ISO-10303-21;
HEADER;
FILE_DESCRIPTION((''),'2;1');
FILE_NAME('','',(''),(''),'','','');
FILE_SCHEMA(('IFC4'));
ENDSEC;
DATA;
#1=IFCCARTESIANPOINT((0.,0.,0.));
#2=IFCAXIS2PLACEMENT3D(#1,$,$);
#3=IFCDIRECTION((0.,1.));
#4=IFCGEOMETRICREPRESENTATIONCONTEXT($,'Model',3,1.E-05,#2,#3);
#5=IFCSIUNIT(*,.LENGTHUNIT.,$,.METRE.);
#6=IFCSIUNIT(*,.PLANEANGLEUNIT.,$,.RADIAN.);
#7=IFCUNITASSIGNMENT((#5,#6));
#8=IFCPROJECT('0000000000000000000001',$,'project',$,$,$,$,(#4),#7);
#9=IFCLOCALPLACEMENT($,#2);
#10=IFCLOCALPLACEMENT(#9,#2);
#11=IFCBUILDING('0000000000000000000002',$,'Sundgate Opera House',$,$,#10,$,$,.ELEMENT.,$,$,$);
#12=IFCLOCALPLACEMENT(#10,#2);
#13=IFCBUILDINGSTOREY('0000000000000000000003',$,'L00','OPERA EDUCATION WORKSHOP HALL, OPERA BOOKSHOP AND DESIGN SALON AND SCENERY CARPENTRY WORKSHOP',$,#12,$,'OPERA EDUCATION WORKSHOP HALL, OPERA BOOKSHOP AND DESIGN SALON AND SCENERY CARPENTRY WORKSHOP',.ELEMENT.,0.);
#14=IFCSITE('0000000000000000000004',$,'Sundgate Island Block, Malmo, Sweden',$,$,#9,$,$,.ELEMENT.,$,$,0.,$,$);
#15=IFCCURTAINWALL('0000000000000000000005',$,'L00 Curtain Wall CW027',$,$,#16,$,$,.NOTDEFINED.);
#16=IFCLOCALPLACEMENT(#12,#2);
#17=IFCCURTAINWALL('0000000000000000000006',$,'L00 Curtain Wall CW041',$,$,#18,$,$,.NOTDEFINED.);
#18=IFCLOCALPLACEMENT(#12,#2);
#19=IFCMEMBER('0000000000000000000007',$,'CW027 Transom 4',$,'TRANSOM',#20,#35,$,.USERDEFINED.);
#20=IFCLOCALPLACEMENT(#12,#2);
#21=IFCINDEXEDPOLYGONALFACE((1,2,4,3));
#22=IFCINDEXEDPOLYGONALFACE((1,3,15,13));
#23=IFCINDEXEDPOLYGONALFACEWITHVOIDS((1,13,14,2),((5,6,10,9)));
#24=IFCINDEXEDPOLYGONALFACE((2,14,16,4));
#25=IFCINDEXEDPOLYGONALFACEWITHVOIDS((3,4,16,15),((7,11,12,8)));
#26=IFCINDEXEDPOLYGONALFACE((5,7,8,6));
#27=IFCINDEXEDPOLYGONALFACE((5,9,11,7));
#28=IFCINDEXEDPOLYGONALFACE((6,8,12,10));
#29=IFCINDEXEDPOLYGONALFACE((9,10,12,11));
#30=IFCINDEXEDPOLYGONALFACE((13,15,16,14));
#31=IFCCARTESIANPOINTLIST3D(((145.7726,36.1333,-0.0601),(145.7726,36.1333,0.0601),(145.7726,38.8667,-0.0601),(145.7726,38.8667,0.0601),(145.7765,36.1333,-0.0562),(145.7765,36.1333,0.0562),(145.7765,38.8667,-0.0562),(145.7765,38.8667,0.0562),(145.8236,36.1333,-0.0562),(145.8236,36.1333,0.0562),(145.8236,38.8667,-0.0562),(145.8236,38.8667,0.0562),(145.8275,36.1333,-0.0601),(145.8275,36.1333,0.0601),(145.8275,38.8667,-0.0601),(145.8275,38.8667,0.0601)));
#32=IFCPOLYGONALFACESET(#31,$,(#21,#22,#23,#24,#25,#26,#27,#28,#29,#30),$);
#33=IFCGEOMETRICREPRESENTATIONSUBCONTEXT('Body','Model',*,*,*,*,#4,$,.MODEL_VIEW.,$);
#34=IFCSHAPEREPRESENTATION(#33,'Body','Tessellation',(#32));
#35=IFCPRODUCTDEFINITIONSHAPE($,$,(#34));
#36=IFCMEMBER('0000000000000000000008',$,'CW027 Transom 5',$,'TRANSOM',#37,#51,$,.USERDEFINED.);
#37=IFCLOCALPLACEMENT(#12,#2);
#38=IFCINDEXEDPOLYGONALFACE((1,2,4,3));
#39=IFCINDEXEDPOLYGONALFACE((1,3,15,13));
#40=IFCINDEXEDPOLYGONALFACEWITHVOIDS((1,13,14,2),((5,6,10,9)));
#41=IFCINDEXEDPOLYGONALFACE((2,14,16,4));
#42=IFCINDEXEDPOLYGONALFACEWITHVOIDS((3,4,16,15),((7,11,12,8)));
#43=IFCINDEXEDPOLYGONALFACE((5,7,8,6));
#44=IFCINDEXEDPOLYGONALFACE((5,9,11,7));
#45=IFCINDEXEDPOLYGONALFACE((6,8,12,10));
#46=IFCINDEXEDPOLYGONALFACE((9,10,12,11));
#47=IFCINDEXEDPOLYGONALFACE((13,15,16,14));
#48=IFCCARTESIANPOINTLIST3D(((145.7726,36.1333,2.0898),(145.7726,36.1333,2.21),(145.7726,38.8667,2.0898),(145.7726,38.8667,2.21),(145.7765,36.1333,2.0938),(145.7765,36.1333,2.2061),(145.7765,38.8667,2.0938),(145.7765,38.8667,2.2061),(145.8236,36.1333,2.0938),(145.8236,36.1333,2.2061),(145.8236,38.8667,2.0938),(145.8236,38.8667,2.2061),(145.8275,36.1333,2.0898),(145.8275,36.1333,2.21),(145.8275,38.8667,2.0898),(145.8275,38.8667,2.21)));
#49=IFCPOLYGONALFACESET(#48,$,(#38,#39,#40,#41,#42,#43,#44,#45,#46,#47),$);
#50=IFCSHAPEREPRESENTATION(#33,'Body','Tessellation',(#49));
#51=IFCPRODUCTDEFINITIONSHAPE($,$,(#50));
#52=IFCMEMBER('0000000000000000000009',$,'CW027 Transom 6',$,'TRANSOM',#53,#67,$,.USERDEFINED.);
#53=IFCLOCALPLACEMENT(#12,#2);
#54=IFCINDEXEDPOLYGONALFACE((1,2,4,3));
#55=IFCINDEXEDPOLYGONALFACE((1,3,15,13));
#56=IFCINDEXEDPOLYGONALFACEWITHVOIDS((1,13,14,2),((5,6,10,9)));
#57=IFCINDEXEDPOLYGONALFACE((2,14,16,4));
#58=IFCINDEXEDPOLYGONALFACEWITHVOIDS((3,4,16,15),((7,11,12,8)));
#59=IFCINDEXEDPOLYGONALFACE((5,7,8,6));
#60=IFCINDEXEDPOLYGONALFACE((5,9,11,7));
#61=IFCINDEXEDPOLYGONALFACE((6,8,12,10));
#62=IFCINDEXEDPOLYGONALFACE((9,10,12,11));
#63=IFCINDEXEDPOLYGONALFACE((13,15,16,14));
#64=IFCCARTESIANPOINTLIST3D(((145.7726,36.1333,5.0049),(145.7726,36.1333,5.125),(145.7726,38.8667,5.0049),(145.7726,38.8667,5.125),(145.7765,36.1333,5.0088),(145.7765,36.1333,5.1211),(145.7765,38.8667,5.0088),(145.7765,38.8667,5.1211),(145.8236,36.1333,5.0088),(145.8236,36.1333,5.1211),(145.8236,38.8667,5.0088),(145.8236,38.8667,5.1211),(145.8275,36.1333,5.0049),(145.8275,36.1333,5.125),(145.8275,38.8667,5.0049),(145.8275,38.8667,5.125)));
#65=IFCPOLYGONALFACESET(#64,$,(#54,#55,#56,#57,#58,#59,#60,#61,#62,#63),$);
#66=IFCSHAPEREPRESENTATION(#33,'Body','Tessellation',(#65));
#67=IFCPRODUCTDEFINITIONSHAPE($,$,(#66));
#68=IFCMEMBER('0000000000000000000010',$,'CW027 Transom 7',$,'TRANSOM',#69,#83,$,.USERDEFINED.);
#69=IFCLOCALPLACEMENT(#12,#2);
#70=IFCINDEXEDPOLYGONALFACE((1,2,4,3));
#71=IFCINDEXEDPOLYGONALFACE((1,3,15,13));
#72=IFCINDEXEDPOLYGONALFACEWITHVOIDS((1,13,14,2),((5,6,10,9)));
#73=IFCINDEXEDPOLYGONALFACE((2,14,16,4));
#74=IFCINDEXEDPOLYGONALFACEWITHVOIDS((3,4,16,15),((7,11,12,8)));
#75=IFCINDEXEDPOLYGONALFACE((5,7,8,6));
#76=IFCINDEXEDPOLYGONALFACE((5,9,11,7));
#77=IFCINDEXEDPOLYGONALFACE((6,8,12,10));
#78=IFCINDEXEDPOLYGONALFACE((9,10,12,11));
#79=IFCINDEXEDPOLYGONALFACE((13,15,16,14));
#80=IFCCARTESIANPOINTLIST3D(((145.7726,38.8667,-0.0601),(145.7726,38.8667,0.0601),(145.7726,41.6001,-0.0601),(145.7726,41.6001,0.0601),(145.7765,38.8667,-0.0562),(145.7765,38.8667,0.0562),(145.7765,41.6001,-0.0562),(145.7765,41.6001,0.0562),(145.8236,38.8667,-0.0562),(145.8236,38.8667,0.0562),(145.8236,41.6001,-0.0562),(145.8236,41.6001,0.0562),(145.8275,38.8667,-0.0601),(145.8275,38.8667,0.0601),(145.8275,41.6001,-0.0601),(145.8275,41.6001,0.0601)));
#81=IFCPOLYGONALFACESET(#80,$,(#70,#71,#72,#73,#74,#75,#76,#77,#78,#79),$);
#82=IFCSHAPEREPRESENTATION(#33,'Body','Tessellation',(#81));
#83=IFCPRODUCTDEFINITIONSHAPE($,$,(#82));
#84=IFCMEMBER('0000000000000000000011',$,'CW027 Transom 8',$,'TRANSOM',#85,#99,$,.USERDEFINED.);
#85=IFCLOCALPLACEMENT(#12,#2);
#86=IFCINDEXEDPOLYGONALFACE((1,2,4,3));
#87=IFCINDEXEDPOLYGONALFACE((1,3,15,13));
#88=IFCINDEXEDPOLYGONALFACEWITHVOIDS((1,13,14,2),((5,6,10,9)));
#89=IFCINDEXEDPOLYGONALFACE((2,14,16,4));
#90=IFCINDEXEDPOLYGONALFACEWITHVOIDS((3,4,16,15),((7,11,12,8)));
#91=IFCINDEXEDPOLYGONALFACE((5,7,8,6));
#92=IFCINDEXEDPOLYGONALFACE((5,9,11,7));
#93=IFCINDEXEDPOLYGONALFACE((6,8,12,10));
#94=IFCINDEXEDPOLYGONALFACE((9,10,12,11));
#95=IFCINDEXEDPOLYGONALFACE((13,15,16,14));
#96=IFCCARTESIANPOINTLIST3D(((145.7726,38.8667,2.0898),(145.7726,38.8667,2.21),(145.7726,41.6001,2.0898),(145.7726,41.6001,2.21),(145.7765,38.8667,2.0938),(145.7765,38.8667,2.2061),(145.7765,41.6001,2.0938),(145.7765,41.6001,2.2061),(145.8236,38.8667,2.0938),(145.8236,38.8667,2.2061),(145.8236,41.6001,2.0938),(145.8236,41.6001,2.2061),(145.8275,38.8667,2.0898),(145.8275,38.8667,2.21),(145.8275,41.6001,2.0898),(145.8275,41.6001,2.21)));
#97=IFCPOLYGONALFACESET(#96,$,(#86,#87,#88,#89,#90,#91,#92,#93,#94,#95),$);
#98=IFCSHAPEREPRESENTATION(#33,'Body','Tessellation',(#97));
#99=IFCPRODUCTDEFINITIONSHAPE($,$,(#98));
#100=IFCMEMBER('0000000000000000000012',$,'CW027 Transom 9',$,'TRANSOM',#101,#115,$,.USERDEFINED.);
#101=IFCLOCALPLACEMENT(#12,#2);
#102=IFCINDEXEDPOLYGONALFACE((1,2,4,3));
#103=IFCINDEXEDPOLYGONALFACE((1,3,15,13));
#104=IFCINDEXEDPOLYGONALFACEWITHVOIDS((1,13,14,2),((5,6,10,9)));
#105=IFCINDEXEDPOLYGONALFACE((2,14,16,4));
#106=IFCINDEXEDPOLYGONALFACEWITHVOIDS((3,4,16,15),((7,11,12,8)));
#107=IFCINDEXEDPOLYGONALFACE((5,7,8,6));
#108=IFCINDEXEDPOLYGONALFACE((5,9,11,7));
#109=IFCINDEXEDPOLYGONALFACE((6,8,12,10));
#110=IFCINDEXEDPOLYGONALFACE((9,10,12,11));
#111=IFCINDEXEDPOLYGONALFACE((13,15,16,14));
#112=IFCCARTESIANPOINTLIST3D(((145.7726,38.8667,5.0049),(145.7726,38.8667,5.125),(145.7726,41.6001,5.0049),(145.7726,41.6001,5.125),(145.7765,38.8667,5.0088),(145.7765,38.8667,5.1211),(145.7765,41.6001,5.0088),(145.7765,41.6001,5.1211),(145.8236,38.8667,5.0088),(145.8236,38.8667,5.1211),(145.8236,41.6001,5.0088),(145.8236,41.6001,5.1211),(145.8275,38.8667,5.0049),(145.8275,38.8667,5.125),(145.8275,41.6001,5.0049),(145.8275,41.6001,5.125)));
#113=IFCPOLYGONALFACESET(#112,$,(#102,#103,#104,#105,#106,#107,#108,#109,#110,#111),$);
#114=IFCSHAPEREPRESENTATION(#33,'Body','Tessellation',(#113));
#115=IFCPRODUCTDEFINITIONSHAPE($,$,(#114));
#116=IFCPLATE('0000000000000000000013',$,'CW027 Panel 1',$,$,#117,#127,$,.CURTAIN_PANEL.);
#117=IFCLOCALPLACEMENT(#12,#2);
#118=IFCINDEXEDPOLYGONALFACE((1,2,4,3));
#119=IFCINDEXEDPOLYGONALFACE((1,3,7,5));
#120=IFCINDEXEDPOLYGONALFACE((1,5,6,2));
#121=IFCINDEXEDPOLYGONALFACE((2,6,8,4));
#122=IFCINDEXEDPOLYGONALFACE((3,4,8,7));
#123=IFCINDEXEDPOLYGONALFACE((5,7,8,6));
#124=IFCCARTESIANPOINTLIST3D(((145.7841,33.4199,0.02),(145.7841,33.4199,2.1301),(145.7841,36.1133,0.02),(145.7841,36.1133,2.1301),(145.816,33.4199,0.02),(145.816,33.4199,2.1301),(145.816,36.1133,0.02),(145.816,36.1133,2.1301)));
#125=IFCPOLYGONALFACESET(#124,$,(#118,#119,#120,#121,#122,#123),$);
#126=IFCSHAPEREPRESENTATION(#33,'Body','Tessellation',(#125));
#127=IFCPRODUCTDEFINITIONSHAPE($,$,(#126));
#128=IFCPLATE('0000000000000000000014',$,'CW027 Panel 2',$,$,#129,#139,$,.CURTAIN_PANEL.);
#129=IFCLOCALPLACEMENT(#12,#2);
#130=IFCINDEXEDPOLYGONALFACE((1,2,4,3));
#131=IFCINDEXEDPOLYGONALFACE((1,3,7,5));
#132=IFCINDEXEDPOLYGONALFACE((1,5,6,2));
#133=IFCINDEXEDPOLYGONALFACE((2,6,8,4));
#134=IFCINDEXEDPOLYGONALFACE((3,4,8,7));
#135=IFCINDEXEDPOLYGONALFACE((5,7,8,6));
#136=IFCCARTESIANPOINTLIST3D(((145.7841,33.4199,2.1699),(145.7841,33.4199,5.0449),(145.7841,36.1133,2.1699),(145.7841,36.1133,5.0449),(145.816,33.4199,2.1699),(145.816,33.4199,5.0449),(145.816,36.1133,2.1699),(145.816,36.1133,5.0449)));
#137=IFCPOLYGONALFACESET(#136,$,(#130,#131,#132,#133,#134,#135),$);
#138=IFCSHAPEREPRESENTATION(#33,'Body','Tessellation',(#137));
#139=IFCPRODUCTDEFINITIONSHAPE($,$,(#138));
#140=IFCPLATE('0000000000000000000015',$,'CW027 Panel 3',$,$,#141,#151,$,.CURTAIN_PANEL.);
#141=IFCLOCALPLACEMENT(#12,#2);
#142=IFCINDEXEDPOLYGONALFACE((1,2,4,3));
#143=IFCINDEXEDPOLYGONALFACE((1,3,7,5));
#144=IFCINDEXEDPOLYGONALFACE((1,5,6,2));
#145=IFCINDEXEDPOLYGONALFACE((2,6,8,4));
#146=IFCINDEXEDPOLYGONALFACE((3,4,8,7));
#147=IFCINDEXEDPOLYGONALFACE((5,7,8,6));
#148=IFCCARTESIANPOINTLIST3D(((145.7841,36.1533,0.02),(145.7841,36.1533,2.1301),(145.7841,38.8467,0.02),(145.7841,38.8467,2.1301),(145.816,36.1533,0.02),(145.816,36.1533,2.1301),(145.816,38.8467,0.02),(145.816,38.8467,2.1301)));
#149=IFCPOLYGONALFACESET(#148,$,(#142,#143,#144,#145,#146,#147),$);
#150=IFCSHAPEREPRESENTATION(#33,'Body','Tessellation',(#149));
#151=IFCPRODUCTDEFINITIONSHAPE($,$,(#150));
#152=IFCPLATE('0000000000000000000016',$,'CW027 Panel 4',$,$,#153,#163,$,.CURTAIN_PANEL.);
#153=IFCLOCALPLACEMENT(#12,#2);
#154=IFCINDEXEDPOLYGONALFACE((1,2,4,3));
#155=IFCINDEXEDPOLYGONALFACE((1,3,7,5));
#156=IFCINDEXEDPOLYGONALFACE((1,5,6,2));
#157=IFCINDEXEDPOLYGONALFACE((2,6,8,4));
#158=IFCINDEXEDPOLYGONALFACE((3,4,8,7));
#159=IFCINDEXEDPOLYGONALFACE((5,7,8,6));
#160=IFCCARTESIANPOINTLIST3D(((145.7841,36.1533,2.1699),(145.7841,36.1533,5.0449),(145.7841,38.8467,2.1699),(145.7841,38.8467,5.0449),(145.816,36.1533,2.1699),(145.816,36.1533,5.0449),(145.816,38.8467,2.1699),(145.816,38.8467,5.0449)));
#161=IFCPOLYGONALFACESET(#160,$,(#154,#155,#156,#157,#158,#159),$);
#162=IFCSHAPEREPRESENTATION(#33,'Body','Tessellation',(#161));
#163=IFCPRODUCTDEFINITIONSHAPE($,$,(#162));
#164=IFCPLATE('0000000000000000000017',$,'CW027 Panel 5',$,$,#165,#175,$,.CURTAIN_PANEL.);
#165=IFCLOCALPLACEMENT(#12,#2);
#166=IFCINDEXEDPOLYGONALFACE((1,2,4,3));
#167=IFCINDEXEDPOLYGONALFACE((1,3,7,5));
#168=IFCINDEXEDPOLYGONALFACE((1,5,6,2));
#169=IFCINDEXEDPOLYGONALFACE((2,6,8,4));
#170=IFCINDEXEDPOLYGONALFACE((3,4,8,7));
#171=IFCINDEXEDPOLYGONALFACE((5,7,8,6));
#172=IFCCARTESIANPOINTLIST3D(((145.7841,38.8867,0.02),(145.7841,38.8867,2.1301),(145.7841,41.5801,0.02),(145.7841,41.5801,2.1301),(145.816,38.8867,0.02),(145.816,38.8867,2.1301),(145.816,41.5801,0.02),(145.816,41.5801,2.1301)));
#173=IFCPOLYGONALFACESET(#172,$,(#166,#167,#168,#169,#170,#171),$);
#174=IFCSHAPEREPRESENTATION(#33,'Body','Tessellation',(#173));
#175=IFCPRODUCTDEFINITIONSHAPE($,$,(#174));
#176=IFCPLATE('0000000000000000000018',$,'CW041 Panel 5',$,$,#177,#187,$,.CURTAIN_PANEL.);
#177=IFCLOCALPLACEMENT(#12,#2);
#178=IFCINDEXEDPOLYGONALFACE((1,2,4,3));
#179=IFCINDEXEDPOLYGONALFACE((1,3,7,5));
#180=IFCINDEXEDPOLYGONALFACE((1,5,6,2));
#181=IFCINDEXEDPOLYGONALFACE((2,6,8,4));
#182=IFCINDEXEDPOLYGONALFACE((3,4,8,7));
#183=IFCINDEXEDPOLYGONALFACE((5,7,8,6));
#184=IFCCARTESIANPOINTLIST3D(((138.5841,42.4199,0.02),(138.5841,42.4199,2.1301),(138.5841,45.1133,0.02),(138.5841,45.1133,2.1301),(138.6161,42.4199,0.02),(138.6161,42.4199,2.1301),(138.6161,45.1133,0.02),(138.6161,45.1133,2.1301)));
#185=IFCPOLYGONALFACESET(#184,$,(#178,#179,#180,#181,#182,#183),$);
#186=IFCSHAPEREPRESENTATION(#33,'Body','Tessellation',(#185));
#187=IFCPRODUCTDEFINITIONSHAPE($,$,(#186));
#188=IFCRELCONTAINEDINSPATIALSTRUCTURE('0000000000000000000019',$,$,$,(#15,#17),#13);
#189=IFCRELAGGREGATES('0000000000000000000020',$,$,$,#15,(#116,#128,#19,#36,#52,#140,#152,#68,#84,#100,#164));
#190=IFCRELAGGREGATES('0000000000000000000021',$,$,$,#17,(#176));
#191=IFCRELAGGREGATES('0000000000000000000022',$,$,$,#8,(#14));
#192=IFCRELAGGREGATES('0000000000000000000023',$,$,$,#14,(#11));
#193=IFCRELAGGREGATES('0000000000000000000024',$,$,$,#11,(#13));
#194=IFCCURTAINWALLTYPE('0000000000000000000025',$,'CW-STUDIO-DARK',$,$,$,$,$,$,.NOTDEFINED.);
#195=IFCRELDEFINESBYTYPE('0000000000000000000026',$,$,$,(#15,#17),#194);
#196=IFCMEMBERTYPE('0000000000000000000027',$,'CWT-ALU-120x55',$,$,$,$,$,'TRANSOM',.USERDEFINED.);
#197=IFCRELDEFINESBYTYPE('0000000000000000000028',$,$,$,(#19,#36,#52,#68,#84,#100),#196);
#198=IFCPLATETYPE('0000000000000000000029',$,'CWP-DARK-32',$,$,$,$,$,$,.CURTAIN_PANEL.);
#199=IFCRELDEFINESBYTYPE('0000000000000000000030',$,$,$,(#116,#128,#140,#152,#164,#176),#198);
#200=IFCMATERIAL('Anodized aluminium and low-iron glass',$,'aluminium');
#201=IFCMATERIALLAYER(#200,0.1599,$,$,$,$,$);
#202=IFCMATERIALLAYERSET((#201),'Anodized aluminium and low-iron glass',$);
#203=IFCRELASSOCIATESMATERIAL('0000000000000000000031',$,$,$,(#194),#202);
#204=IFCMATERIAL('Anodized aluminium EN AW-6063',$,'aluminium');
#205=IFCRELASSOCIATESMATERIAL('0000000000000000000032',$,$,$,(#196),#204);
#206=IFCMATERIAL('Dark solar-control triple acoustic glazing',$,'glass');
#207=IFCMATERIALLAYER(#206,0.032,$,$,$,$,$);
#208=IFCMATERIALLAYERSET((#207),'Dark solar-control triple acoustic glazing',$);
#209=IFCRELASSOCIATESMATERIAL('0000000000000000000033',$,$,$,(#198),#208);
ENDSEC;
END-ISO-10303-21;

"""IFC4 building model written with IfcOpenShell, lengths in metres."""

from ifc_helpers import new_model, si_unit, direction, frame, origin, origin_2d, place, context, subcontext, project, spatial, rectangle, hollow_rectangle, extrude, material, layer, layer_set, material_profile, profile_set, type_object, element, aggregate, save


model = new_model("IFC4")

# Units and contexts
model_context = context("Model", 3, precision=1e-05, world=origin(), true_north=direction((0.0, 1.0)))
body_context = subcontext(model_context, "Body", "Model", "MODEL_VIEW")
ifc_project = project(units=[si_unit("LENGTHUNIT", "METRE"), si_unit("PLANEANGLEUNIT", "RADIAN")], contexts=[model_context])

# Site, building, storey
site_placement = place(None, origin())
site = spatial("IfcSite", under=ifc_project, at=site_placement, Name="Sundgate Island Block, Malmo, Sweden", CompositionType="ELEMENT", RefElevation=0.0)
building_placement = place(site_placement, origin())
building = spatial("IfcBuilding", under=site, at=building_placement, Name="Sundgate Opera House", CompositionType="ELEMENT")
storey_placement = place(building_placement, origin())
storey = spatial("IfcBuildingStorey", under=building, at=storey_placement, Name="L00", Description="OPERA EDUCATION WORKSHOP HALL, OPERA BOOKSHOP AND DESIGN SALON AND SCENERY CARPENTRY WORKSHOP", LongName="OPERA EDUCATION WORKSHOP HALL, OPERA BOOKSHOP AND DESIGN SALON AND SCENERY CARPENTRY WORKSHOP", CompositionType="ELEMENT", Elevation=0.0)

# Curtain wall
ifc_material_1 = material(Name="Anodized aluminium and low-iron glass", Category="aluminium")
ifc_layer_1 = layer(ifc_material_1, 0.1599)
ifc_layer_set_1 = layer_set([ifc_layer_1], Name="Anodized aluminium and low-iron glass")
curtain_wall_type = type_object("IfcCurtainWallType", Name="CW-STUDIO-DARK", PredefinedType="NOTDEFINED", material=ifc_layer_set_1)
curtain_wall_1_placement = place(storey_placement, origin())
curtain_wall_1 = element("IfcCurtainWall", 1, at=curtain_wall_1_placement, inside=storey, type_object=curtain_wall_type, Name="L00 Curtain Wall CW027", PredefinedType="NOTDEFINED")

# Curtain wall
curtain_wall_2_placement = place(storey_placement, origin())
curtain_wall_2 = element("IfcCurtainWall", 2, at=curtain_wall_2_placement, inside=storey, type_object=curtain_wall_type, Name="L00 Curtain Wall CW041", PredefinedType="NOTDEFINED")

# Members
ifc_material_2 = material(Name="Anodized aluminium EN AW-6063", Category="aluminium")
ifc_material_profile_1 = material_profile(ifc_material_2, hollow_rectangle(XDim=0.0549, YDim=0.1201, WallThickness=0.0039, at=origin_2d()), Name="CWT 120x55x4")
ifc_profile_set_1 = profile_set([ifc_material_profile_1], Name="Anodized aluminium EN AW-6063")
member_type_1 = type_object("IfcMemberType", Name="CWT-ALU-120x55", ElementType="TRANSOM", PredefinedType="USERDEFINED", material=ifc_profile_set_1)
member_1_placement = place(storey_placement, frame((145.8, 36.1333, 0.0), z_axis=(0.0, 1.0, 0.0), x_axis=(-1.0, 0.0, 0.0)))
member_1 = element("IfcMember", 3, at=member_1_placement, type_object=member_type_1, Name="CW027 Transom 4", ObjectType="TRANSOM", PredefinedType="USERDEFINED", context=body_context, shape_type="SweptSolid", body=[
    extrude(hollow_rectangle(XDim=0.0549, YDim=0.1201, WallThickness=0.0039, at=origin_2d()), origin(), (0.0, 0.0, 1.0), 2.7334),
])
member_2_placement = place(storey_placement, frame((145.8, 36.1333, 2.1499), z_axis=(0.0, 1.0, 0.0), x_axis=(-1.0, 0.0, 0.0)))
member_2 = element("IfcMember", 4, at=member_2_placement, type_object=member_type_1, Name="CW027 Transom 5", ObjectType="TRANSOM", PredefinedType="USERDEFINED", context=body_context, shape_type="SweptSolid", body=[
    extrude(hollow_rectangle(XDim=0.0549, YDim=0.1201, WallThickness=0.0039, at=origin_2d()), origin(), (0.0, 0.0, 1.0), 2.7334),
])
member_3_placement = place(storey_placement, frame((145.8, 36.1333, 5.0649), z_axis=(0.0, 1.0, 0.0), x_axis=(-1.0, 0.0, 0.0)))
member_3 = element("IfcMember", 5, at=member_3_placement, type_object=member_type_1, Name="CW027 Transom 6", ObjectType="TRANSOM", PredefinedType="USERDEFINED", context=body_context, shape_type="SweptSolid", body=[
    extrude(hollow_rectangle(XDim=0.0549, YDim=0.1201, WallThickness=0.0039, at=origin_2d()), origin(), (0.0, 0.0, 1.0), 2.7334),
])
member_4_placement = place(storey_placement, frame((145.8, 38.8667, 0.0), z_axis=(0.0, 1.0, 0.0), x_axis=(-1.0, 0.0, 0.0)))
member_4 = element("IfcMember", 6, at=member_4_placement, type_object=member_type_1, Name="CW027 Transom 7", ObjectType="TRANSOM", PredefinedType="USERDEFINED", context=body_context, shape_type="SweptSolid", body=[
    extrude(hollow_rectangle(XDim=0.0549, YDim=0.1201, WallThickness=0.0039, at=origin_2d()), origin(), (0.0, 0.0, 1.0), 2.7334),
])
member_5_placement = place(storey_placement, frame((145.8, 38.8667, 2.1499), z_axis=(0.0, 1.0, 0.0), x_axis=(-1.0, 0.0, 0.0)))
member_5 = element("IfcMember", 7, at=member_5_placement, type_object=member_type_1, Name="CW027 Transom 8", ObjectType="TRANSOM", PredefinedType="USERDEFINED", context=body_context, shape_type="SweptSolid", body=[
    extrude(hollow_rectangle(XDim=0.0549, YDim=0.1201, WallThickness=0.0039, at=origin_2d()), origin(), (0.0, 0.0, 1.0), 2.7334),
])
member_6_placement = place(storey_placement, frame((145.8, 38.8667, 5.0649), z_axis=(0.0, 1.0, 0.0), x_axis=(-1.0, 0.0, 0.0)))
member_6 = element("IfcMember", 8, at=member_6_placement, type_object=member_type_1, Name="CW027 Transom 9", ObjectType="TRANSOM", PredefinedType="USERDEFINED", context=body_context, shape_type="SweptSolid", body=[
    extrude(hollow_rectangle(XDim=0.0549, YDim=0.1201, WallThickness=0.0039, at=origin_2d()), origin(), (0.0, 0.0, 1.0), 2.7334),
])

# Plates
ifc_material_3 = material(Name="Dark solar-control triple acoustic glazing", Category="glass")
ifc_layer_2 = layer(ifc_material_3, 0.032)
ifc_layer_set_2 = layer_set([ifc_layer_2], Name="Dark solar-control triple acoustic glazing")
plate_type_1 = type_object("IfcPlateType", Name="CWP-DARK-32", PredefinedType="CURTAIN_PANEL", material=ifc_layer_set_2)
plate_1_placement = place(storey_placement, frame((145.8, 34.7666, 0.02), z_axis=(0.0, 0.0, 1.0), x_axis=(0.0, 1.0, 0.0)))
plate_1 = element("IfcPlate", 9, at=plate_1_placement, type_object=plate_type_1, Name="CW027 Panel 1", PredefinedType="CURTAIN_PANEL", context=body_context, shape_type="SweptSolid", body=[
    extrude(rectangle(XDim=2.6934, YDim=0.032, at=origin_2d()), origin(), (0.0, 0.0, 1.0), 2.1101),
])
plate_2_placement = place(storey_placement, frame((145.8, 34.7666, 2.1699), z_axis=(0.0, 0.0, 1.0), x_axis=(0.0, 1.0, 0.0)))
plate_2 = element("IfcPlate", 10, at=plate_2_placement, type_object=plate_type_1, Name="CW027 Panel 2", PredefinedType="CURTAIN_PANEL", context=body_context, shape_type="SweptSolid", body=[
    extrude(rectangle(XDim=2.6934, YDim=0.032, at=origin_2d()), origin(), (0.0, 0.0, 1.0), 2.875),
])
plate_3_placement = place(storey_placement, frame((145.8, 37.5, 0.02), z_axis=(0.0, 0.0, 1.0), x_axis=(0.0, 1.0, 0.0)))
plate_3 = element("IfcPlate", 11, at=plate_3_placement, type_object=plate_type_1, Name="CW027 Panel 3", PredefinedType="CURTAIN_PANEL", context=body_context, shape_type="SweptSolid", body=[
    extrude(rectangle(XDim=2.6934, YDim=0.032, at=origin_2d()), origin(), (0.0, 0.0, 1.0), 2.1101),
])
plate_4_placement = place(storey_placement, frame((145.8, 37.5, 2.1699), z_axis=(0.0, 0.0, 1.0), x_axis=(0.0, 1.0, 0.0)))
plate_4 = element("IfcPlate", 12, at=plate_4_placement, type_object=plate_type_1, Name="CW027 Panel 4", PredefinedType="CURTAIN_PANEL", context=body_context, shape_type="SweptSolid", body=[
    extrude(rectangle(XDim=2.6934, YDim=0.032, at=origin_2d()), origin(), (0.0, 0.0, 1.0), 2.875),
])
plate_5_placement = place(storey_placement, frame((145.8, 40.2334, 0.02), z_axis=(0.0, 0.0, 1.0), x_axis=(0.0, 1.0, 0.0)))
plate_5 = element("IfcPlate", 13, at=plate_5_placement, type_object=plate_type_1, Name="CW027 Panel 5", PredefinedType="CURTAIN_PANEL", context=body_context, shape_type="SweptSolid", body=[
    extrude(rectangle(XDim=2.6934, YDim=0.032, at=origin_2d()), origin(), (0.0, 0.0, 1.0), 2.1101),
])
aggregate(curtain_wall_1, [plate_1, plate_2, member_1, member_2, member_3, plate_3, plate_4, member_4, member_5, member_6, plate_5])
plate_6_placement = place(storey_placement, frame((138.6001, 43.7666, 0.02), z_axis=(0.0, 0.0, 1.0), x_axis=(0.0, -1.0, 0.0)))
plate_6 = element("IfcPlate", 14, at=plate_6_placement, type_object=plate_type_1, Name="CW041 Panel 5", PredefinedType="CURTAIN_PANEL", context=body_context, shape_type="SweptSolid", body=[
    extrude(rectangle(XDim=2.6934, YDim=0.032, at=origin_2d()), origin(), (0.0, 0.0, 1.0), 2.1101),
])
aggregate(curtain_wall_2, [plate_6])

save(model, "model.ifc")
